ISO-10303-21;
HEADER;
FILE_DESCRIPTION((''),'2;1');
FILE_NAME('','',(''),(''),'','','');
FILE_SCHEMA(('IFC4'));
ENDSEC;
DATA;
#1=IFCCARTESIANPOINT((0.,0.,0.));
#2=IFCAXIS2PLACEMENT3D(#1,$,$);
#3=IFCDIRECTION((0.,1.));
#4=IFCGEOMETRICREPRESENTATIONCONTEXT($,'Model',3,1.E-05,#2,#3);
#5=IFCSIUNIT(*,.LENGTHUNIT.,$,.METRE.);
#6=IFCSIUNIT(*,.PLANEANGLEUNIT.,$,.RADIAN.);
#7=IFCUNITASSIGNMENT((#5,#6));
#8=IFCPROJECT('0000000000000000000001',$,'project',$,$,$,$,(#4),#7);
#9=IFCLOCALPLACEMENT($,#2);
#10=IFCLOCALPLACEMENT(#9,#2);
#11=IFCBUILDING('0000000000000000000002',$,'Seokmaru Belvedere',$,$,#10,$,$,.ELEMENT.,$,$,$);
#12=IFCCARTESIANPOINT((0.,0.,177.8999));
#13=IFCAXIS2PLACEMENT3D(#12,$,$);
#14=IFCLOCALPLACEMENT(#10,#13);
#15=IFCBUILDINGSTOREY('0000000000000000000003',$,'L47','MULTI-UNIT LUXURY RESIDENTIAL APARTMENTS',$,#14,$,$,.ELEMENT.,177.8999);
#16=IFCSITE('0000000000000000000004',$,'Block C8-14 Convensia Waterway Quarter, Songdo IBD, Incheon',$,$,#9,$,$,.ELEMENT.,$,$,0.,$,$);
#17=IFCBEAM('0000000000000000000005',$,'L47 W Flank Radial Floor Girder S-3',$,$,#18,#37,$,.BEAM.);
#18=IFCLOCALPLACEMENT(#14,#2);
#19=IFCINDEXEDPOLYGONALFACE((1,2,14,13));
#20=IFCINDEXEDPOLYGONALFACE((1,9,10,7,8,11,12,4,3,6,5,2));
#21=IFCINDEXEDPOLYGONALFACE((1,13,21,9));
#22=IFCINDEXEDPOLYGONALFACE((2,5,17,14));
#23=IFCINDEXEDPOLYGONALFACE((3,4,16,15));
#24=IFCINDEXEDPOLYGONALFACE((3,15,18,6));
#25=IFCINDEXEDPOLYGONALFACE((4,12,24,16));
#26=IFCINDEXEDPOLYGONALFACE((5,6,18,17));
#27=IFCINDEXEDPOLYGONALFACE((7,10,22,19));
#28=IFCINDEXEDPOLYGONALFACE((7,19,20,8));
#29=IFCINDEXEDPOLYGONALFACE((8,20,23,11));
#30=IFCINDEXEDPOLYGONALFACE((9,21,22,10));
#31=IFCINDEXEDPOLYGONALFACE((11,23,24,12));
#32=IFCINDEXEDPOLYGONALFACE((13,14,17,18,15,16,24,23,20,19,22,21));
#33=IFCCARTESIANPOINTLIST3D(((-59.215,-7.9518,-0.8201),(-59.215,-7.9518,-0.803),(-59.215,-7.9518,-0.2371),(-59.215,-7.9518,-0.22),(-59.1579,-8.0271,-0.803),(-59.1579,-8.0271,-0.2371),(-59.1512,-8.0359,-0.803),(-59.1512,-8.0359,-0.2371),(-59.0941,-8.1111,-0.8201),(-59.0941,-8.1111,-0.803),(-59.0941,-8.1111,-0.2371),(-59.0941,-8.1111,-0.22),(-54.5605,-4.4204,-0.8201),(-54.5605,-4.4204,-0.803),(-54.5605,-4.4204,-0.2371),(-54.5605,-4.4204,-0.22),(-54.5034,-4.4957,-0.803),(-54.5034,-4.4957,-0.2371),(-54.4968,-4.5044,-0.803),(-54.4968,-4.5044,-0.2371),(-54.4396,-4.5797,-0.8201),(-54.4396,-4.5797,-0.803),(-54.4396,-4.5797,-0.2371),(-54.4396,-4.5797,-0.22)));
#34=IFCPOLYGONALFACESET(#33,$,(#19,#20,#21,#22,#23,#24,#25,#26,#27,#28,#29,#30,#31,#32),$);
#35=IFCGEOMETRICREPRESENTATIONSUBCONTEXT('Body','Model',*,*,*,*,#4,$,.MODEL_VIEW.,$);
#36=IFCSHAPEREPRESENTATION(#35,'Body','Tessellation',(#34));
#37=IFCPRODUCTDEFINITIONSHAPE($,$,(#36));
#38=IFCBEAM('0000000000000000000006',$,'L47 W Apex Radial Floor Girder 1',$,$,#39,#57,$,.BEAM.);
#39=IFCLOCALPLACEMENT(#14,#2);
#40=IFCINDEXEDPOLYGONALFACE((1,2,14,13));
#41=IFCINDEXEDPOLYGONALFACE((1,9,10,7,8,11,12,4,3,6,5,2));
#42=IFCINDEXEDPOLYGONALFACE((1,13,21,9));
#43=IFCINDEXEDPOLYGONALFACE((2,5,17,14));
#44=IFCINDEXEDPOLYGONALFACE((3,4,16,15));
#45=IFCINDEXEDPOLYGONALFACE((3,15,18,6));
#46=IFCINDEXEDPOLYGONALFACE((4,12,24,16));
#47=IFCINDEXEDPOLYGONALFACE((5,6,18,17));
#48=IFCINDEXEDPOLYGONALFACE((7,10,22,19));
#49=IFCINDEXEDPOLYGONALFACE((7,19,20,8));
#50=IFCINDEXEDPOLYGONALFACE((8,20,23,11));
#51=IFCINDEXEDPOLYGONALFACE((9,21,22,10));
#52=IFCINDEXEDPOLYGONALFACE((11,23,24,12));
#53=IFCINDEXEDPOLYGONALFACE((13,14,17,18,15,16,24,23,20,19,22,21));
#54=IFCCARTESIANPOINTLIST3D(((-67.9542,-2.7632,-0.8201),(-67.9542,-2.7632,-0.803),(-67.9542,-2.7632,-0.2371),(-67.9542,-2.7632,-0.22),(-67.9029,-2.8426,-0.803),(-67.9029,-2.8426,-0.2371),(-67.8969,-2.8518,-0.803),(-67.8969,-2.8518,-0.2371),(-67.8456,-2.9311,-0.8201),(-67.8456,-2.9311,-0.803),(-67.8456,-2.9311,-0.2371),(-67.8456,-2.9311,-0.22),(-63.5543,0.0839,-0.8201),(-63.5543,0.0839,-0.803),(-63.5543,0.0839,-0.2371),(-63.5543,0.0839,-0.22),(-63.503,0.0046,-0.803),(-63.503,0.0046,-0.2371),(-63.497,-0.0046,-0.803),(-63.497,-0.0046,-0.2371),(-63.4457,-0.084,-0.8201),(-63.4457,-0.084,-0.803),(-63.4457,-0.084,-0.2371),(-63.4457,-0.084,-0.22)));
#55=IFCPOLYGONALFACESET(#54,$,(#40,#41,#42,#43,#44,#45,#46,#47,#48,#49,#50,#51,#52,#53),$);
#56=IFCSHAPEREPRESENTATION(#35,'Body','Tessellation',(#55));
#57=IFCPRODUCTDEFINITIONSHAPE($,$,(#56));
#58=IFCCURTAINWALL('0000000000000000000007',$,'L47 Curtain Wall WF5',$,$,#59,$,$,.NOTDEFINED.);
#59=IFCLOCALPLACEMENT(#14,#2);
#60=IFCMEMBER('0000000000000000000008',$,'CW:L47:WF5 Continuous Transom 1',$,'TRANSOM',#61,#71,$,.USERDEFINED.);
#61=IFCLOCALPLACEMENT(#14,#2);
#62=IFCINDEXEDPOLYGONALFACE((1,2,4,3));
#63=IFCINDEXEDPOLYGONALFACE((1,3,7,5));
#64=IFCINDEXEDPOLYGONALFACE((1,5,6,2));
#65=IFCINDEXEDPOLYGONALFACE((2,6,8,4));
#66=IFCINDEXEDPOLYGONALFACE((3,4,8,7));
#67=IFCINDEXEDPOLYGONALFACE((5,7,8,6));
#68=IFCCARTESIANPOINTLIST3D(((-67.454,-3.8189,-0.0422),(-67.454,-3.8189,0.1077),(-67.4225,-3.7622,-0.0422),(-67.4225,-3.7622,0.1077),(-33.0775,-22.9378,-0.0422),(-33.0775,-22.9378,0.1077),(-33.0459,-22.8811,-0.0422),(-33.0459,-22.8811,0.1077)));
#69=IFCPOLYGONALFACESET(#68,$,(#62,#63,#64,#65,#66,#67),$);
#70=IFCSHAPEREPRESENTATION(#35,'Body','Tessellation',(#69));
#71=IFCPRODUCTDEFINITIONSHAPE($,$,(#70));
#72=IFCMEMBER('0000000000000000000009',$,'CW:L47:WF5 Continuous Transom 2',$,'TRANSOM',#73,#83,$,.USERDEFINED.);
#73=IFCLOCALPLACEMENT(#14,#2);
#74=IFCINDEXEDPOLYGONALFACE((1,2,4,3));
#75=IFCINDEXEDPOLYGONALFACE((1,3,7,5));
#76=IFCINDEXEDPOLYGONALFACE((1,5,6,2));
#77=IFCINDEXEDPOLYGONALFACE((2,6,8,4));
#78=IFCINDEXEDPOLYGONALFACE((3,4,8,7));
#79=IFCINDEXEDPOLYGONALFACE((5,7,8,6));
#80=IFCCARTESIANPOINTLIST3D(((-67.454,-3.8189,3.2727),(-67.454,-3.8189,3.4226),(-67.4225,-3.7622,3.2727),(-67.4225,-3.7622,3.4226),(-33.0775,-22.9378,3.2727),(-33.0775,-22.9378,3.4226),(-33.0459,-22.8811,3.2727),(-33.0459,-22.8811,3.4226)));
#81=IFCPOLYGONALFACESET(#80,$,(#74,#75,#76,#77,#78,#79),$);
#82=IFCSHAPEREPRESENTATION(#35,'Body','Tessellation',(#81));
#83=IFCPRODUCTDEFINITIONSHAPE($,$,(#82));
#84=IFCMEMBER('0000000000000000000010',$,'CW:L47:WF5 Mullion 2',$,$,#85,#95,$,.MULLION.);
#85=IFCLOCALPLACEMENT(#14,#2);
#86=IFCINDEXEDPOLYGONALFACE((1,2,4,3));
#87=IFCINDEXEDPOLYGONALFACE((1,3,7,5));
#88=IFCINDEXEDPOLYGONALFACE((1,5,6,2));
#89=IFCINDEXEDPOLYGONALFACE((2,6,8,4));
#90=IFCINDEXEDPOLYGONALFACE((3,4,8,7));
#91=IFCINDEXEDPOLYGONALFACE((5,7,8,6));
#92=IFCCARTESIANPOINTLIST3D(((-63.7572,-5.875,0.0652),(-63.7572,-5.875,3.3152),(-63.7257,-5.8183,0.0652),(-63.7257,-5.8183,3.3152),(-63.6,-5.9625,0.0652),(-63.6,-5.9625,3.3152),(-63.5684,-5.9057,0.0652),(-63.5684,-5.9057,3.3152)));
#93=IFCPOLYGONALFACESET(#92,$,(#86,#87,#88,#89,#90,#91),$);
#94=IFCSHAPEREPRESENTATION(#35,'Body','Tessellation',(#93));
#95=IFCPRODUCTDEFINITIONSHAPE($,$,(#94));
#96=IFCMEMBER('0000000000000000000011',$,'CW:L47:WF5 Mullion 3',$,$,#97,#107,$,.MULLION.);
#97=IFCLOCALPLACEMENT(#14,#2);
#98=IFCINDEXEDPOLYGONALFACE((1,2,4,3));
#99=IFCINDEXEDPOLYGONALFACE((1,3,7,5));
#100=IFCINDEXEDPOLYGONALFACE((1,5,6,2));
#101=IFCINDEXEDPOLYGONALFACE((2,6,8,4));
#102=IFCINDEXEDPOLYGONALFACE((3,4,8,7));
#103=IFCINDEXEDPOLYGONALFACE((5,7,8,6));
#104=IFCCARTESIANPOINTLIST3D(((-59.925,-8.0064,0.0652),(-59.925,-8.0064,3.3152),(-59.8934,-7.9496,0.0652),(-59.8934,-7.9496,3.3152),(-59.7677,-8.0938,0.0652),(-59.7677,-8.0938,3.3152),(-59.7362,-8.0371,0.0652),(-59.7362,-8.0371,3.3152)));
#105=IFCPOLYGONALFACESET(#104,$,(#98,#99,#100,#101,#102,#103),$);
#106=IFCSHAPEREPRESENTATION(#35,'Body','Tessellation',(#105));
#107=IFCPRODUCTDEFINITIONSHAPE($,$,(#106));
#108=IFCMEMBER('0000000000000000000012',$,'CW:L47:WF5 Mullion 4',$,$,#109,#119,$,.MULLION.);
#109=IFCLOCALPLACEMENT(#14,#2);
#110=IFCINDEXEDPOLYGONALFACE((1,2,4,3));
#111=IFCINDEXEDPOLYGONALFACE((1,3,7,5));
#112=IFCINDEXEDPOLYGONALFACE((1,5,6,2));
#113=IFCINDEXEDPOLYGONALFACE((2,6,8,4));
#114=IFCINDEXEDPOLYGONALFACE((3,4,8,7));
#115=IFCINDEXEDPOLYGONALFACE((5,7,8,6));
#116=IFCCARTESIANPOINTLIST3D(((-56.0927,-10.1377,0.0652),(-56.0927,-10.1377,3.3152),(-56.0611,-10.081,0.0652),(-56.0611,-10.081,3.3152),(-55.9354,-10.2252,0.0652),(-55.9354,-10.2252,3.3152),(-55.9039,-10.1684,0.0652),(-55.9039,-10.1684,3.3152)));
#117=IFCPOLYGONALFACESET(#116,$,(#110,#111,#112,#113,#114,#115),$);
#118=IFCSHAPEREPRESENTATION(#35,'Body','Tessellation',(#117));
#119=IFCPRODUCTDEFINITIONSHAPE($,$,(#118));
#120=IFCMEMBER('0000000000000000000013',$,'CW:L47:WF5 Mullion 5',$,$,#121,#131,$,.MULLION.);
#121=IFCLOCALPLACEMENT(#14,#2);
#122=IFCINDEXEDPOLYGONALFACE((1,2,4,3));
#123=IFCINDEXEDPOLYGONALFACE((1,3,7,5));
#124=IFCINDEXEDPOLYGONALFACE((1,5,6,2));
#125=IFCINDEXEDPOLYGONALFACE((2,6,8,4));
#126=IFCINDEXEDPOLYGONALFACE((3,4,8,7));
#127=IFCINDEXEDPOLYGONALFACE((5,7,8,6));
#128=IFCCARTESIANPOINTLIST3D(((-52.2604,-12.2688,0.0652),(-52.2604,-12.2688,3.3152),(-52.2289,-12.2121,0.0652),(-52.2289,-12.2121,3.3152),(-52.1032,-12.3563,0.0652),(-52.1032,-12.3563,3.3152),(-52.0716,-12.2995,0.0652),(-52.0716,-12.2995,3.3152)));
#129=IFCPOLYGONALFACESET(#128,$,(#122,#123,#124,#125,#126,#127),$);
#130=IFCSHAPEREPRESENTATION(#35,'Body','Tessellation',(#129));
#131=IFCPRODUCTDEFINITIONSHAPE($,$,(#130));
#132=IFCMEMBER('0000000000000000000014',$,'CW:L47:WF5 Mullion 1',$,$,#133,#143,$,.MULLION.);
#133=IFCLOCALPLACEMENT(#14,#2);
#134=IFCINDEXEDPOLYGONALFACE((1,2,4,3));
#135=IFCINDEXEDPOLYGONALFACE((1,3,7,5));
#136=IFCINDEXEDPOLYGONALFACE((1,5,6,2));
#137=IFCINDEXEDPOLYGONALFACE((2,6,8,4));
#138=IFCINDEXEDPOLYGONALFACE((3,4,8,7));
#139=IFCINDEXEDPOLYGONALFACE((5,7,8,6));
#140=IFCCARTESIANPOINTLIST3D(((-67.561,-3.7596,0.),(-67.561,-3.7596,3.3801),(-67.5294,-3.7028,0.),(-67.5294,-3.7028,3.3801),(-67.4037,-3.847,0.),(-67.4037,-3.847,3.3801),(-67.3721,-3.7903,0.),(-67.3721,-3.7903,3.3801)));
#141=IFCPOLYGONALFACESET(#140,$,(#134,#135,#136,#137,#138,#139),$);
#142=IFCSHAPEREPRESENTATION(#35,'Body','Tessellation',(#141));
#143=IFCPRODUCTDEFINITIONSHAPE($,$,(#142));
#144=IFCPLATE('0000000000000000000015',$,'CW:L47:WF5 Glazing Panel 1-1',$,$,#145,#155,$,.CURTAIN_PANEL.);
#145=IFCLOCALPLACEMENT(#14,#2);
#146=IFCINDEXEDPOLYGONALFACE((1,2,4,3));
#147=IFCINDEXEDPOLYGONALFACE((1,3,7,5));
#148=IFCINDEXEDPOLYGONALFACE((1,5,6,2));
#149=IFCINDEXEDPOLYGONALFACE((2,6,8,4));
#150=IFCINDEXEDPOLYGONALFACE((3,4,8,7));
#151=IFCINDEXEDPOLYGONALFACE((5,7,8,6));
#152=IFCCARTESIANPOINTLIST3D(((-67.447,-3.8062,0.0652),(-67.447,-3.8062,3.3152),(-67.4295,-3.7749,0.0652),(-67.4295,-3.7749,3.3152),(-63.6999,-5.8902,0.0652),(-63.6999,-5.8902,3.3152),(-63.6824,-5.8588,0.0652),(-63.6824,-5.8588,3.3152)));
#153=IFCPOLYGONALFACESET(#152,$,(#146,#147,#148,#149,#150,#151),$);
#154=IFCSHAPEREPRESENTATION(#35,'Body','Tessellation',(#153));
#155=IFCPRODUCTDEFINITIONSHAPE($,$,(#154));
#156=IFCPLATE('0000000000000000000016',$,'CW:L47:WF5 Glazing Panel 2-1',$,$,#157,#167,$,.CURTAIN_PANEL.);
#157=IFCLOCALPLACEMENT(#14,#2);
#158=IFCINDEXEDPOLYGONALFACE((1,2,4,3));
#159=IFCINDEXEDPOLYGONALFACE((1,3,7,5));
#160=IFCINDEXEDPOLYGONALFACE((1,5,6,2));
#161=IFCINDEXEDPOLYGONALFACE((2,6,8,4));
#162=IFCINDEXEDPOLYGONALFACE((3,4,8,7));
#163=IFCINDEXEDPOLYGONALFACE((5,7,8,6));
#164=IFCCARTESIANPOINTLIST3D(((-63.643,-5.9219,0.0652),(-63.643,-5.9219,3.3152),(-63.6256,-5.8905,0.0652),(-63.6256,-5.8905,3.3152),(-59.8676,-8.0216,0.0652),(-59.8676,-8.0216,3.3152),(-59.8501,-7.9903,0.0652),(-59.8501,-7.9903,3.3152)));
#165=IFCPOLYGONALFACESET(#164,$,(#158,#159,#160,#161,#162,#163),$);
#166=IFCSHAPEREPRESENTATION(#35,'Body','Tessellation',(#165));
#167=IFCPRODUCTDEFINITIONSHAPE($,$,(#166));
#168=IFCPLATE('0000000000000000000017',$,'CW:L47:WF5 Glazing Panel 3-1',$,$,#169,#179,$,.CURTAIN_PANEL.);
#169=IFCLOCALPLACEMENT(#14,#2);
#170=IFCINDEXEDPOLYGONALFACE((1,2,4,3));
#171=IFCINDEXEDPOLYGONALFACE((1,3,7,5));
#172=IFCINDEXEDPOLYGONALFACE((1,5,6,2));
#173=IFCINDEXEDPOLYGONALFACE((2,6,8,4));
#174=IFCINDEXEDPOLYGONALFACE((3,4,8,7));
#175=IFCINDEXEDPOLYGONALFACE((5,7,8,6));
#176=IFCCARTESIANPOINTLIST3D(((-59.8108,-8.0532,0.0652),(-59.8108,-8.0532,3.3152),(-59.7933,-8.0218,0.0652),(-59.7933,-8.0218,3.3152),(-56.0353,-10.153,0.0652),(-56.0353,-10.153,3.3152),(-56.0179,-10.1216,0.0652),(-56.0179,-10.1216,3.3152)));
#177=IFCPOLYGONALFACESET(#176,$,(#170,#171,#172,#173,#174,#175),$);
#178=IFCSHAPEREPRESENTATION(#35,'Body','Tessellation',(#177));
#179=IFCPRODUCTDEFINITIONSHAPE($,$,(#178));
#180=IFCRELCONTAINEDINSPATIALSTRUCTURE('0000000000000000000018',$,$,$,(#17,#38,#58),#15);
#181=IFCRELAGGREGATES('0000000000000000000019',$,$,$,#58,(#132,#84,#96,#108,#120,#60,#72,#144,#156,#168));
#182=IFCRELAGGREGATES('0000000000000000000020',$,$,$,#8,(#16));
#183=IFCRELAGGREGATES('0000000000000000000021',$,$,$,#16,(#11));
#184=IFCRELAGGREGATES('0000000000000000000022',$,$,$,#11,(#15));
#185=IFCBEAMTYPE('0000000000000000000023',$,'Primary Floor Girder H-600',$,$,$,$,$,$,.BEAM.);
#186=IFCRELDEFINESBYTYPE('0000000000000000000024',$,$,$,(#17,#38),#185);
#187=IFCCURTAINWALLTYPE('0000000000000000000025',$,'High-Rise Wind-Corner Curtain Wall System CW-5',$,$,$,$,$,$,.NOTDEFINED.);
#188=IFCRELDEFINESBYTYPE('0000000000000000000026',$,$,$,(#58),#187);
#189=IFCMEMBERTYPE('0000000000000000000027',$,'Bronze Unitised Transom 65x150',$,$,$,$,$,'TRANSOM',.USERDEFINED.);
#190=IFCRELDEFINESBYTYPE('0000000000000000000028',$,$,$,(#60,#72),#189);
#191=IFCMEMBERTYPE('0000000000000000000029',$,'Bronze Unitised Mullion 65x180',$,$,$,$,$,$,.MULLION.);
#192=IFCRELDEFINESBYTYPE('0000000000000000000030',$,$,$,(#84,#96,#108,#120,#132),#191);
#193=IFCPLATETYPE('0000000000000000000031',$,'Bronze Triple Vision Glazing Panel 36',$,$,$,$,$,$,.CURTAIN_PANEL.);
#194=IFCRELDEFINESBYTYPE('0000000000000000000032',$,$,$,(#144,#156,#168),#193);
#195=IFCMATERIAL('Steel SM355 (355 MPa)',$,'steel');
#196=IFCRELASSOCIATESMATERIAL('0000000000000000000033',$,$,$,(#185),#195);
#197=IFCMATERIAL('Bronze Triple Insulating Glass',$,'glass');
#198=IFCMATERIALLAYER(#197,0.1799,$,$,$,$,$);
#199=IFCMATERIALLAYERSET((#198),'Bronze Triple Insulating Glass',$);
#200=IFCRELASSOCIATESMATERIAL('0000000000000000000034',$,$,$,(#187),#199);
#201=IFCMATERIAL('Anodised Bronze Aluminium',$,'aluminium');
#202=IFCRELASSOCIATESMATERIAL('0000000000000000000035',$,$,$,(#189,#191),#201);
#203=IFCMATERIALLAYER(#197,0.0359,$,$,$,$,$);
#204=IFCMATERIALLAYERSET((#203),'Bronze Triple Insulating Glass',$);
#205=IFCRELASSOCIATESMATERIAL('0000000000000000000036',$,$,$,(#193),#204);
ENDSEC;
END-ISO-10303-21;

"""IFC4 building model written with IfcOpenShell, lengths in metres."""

from ifc_helpers import new_model, si_unit, direction, frame, origin, origin_2d, place, context, subcontext, project, spatial, rectangle, i_section, extrude, source, transform, mapped, material, layer, layer_set, material_profile, profile_set, type_object, type_shapes, element, aggregate, save


model = new_model("IFC4")

# Units and contexts
model_context = context("Model", 3, precision=1e-05, world=origin(), true_north=direction((0.0, 1.0)))
body_context = subcontext(model_context, "Body", "Model", "MODEL_VIEW")
ifc_project = project(units=[si_unit("LENGTHUNIT", "METRE"), si_unit("PLANEANGLEUNIT", "RADIAN")], contexts=[model_context])

# Site, building, storey
site_placement = place(None, origin())
site = spatial("IfcSite", under=ifc_project, at=site_placement, Name="Block C8-14 Convensia Waterway Quarter, Songdo IBD, Incheon", CompositionType="ELEMENT", RefElevation=0.0)
building_placement = place(site_placement, origin())
building = spatial("IfcBuilding", under=site, at=building_placement, Name="Seokmaru Belvedere", CompositionType="ELEMENT")
storey_placement = place(building_placement, frame((0.0, 0.0, 177.8999)))
storey = spatial("IfcBuildingStorey", under=building, at=storey_placement, Name="L47", Description="MULTI-UNIT LUXURY RESIDENTIAL APARTMENTS", CompositionType="ELEMENT", Elevation=177.8999)

# Shared definitions
ifc_material_1 = material(Name="Steel SM355 (355 MPa)", Category="steel")

# Beams
ifc_material_profile_1 = material_profile(ifc_material_1, i_section(OverallWidth=0.2, OverallDepth=0.6001, WebThickness=0.011, FlangeThickness=0.0171, at=origin_2d()), Name="H-600x200x11x17")
ifc_profile_set_1 = profile_set([ifc_material_profile_1], Name="Steel SM355 (355 MPa)")
beam_type_1 = type_object("IfcBeamType", Name="Primary Floor Girder H-600", PredefinedType="BEAM", material=ifc_profile_set_1)
shared_shape_1 = source(origin(), body_context, "Body", "SweptSolid", [
    extrude(i_section(OverallWidth=0.2, OverallDepth=0.6001, WebThickness=0.011, FlangeThickness=0.0171, at=origin_2d()), origin(), (0.0, 0.0, 1.0), 5.8425),
])
beam_1_placement = place(storey_placement, frame((-59.1545, -8.0315, -0.52), z_axis=(0.796653, 0.604437, 0.0), x_axis=(-0.604437, 0.796653, 0.0)))
element("IfcBeam", 1, at=beam_1_placement, inside=storey, type_object=beam_type_1, Name="L47 W Flank Radial Floor Girder S-3", PredefinedType="BEAM", context=body_context, shape_type="MappedRepresentation", body=[
    mapped(shared_shape_1, transform((0.0, 0.0, 0.0), scale=1.0)),
])
shared_shape_2 = source(origin(), body_context, "Body", "SweptSolid", [
    extrude(i_section(OverallWidth=0.2, OverallDepth=0.6001, WebThickness=0.011, FlangeThickness=0.0171, at=origin_2d()), origin(), (0.0, 0.0, 1.0), 5.2407),
])
beam_2_placement = place(storey_placement, frame((-67.8999, -2.8472, -0.52), z_axis=(0.839555, 0.543274, 0.0), x_axis=(-0.543274, 0.839555, 0.0)))
element("IfcBeam", 2, at=beam_2_placement, inside=storey, type_object=beam_type_1, Name="L47 W Apex Radial Floor Girder 1", PredefinedType="BEAM", context=body_context, shape_type="MappedRepresentation", body=[
    mapped(shared_shape_2, transform((0.0, 0.0, 0.0), scale=1.0)),
])

# Curtain wall, members, plates
ifc_material_2 = material(Name="Bronze Triple Insulating Glass", Category="glass")
ifc_layer_1 = layer(ifc_material_2, 0.1799)
ifc_layer_set_1 = layer_set([ifc_layer_1], Name="Bronze Triple Insulating Glass")
curtain_wall_type = type_object("IfcCurtainWallType", Name="High-Rise Wind-Corner Curtain Wall System CW-5", PredefinedType="NOTDEFINED", material=ifc_layer_set_1)
curtain_wall_placement = place(storey_placement, origin())
curtain_wall = element("IfcCurtainWall", 3, at=curtain_wall_placement, inside=storey, type_object=curtain_wall_type, Name="L47 Curtain Wall WF5", PredefinedType="NOTDEFINED")
ifc_material_3 = material(Name="Anodised Bronze Aluminium", Category="aluminium")
ifc_material_profile_2 = material_profile(ifc_material_3, rectangle(XDim=0.0649, YDim=0.1499, at=origin_2d()), Name="CW-T-65x150")
ifc_profile_set_2 = profile_set([ifc_material_profile_2], Name="Anodised Bronze Aluminium")
member_type_1 = type_object("IfcMemberType", Name="Bronze Unitised Transom 65x150", ElementType="TRANSOM", PredefinedType="USERDEFINED", material=ifc_profile_set_2)
shared_shape_3 = source(origin(), body_context, "Body", "SweptSolid", [
    extrude(rectangle(XDim=0.0649, YDim=0.1499, at=origin_2d()), origin(), (0.0, 0.0, 1.0), 39.3354),
])
type_shapes(member_type_1, [shared_shape_3])
member_1_placement = place(storey_placement, frame((-67.4382, -3.7905, 0.0327), z_axis=(0.873932, -0.486048, 0.0), x_axis=(0.486048, 0.873932, 0.0)))
member_1 = element("IfcMember", 4, at=member_1_placement, type_object=member_type_1, Name="CW:L47:WF5 Continuous Transom 1", ObjectType="TRANSOM", PredefinedType="USERDEFINED", context=body_context, shape_type="MappedRepresentation", body=[
    mapped(shared_shape_3, transform((0.0, 0.0, 0.0), scale=1.0)),
])
member_2_placement = place(storey_placement, frame((-67.4382, -3.7905, 3.3477), z_axis=(0.873932, -0.486048, 0.0), x_axis=(0.486048, 0.873932, 0.0)))
member_2 = element("IfcMember", 5, at=member_2_placement, type_object=member_type_1, Name="CW:L47:WF5 Continuous Transom 2", ObjectType="TRANSOM", PredefinedType="USERDEFINED", context=body_context, shape_type="MappedRepresentation", body=[
    mapped(shared_shape_3, transform((0.0, 0.0, 0.0), scale=1.0)),
])
ifc_material_profile_3 = material_profile(ifc_material_3, rectangle(XDim=0.0649, YDim=0.1799, at=origin_2d()), Name="CW-M-65x180")
ifc_profile_set_3 = profile_set([ifc_material_profile_3], Name="Anodised Bronze Aluminium")
member_type_2 = type_object("IfcMemberType", Name="Bronze Unitised Mullion 65x180", PredefinedType="MULLION", material=ifc_profile_set_3)
shared_shape_4 = source(origin(), body_context, "Body", "SweptSolid", [
    extrude(rectangle(XDim=0.0649, YDim=0.1799, at=origin_2d()), origin(), (0.0, 0.0, 1.0), 3.25),
])
member_3_placement = place(storey_placement, frame((-63.6628, -5.8904, 0.0652), z_axis=(0.0, 0.0, 1.0), x_axis=(0.486047, 0.873933, 0.0)))
member_3 = element("IfcMember", 6, at=member_3_placement, type_object=member_type_2, Name="CW:L47:WF5 Mullion 2", PredefinedType="MULLION", context=body_context, shape_type="MappedRepresentation", body=[
    mapped(shared_shape_4, transform((0.0, 0.0, 0.0), scale=1.0)),
])
member_4_placement = place(storey_placement, frame((-59.8306, -8.0217, 0.0652), z_axis=(0.0, 0.0, 1.0), x_axis=(0.486047, 0.873933, 0.0)))
member_4 = element("IfcMember", 7, at=member_4_placement, type_object=member_type_2, Name="CW:L47:WF5 Mullion 3", PredefinedType="MULLION", context=body_context, shape_type="MappedRepresentation", body=[
    mapped(shared_shape_4, transform((0.0, 0.0, 0.0), scale=1.0)),
])
member_5_placement = place(storey_placement, frame((-55.9983, -10.1531, 0.0652), z_axis=(0.0, 0.0, 1.0), x_axis=(0.486047, 0.873933, 0.0)))
member_5 = element("IfcMember", 8, at=member_5_placement, type_object=member_type_2, Name="CW:L47:WF5 Mullion 4", PredefinedType="MULLION", context=body_context, shape_type="MappedRepresentation", body=[
    mapped(shared_shape_4, transform((0.0, 0.0, 0.0), scale=1.0)),
])
member_6_placement = place(storey_placement, frame((-52.166, -12.2842, 0.0652), z_axis=(0.0, 0.0, 1.0), x_axis=(0.486047, 0.873933, 0.0)))
member_6 = element("IfcMember", 9, at=member_6_placement, type_object=member_type_2, Name="CW:L47:WF5 Mullion 5", PredefinedType="MULLION", context=body_context, shape_type="MappedRepresentation", body=[
    mapped(shared_shape_4, transform((0.0, 0.0, 0.0), scale=1.0)),
])
shared_shape_5 = source(origin(), body_context, "Body", "SweptSolid", [
    extrude(rectangle(XDim=0.0649, YDim=0.1799, at=origin_2d()), origin(), (0.0, 0.0, 1.0), 3.3801),
])
type_shapes(member_type_2, [shared_shape_4, shared_shape_5])
member_7_placement = place(storey_placement, frame((-67.4666, -3.7749, 0.0), z_axis=(0.0, 0.0, 1.0), x_axis=(0.486047, 0.873933, 0.0)))
member_7 = element("IfcMember", 10, at=member_7_placement, type_object=member_type_2, Name="CW:L47:WF5 Mullion 1", PredefinedType="MULLION", context=body_context, shape_type="MappedRepresentation", body=[
    mapped(shared_shape_5, transform((0.0, 0.0, 0.0), scale=1.0)),
])
ifc_layer_2 = layer(ifc_material_2, 0.0359)
ifc_layer_set_2 = layer_set([ifc_layer_2], Name="Bronze Triple Insulating Glass")
plate_type = type_object("IfcPlateType", Name="Bronze Triple Vision Glazing Panel 36", PredefinedType="CURTAIN_PANEL", material=ifc_layer_set_2)
shared_shape_6 = source(origin(), body_context, "Body", "SweptSolid", [
    extrude(rectangle(XDim=4.2876, YDim=0.0359, at=origin_2d()), origin(), (0.0, 0.0, 1.0), 3.25),
])
plate_1_placement = place(storey_placement, frame((-65.5647, -4.8325, 0.0652), z_axis=(0.0, 0.0, 1.0), x_axis=(0.873933, -0.486047, 0.0)))
plate_1 = element("IfcPlate", 11, at=plate_1_placement, type_object=plate_type, Name="CW:L47:WF5 Glazing Panel 1-1", PredefinedType="CURTAIN_PANEL", context=body_context, shape_type="MappedRepresentation", body=[
    mapped(shared_shape_6, transform((0.0, 0.0, 0.0), scale=1.0)),
])
shared_shape_7 = source(origin(), body_context, "Body", "SweptSolid", [
    extrude(rectangle(XDim=4.3201, YDim=0.0359, at=origin_2d()), origin(), (0.0, 0.0, 1.0), 3.25),
])
type_shapes(plate_type, [shared_shape_6, shared_shape_7])
plate_2_placement = place(storey_placement, frame((-61.7466, -6.9561, 0.0652), z_axis=(0.0, 0.0, 1.0), x_axis=(0.873933, -0.486047, 0.0)))
plate_2 = element("IfcPlate", 12, at=plate_2_placement, type_object=plate_type, Name="CW:L47:WF5 Glazing Panel 2-1", PredefinedType="CURTAIN_PANEL", context=body_context, shape_type="MappedRepresentation", body=[
    mapped(shared_shape_7, transform((0.0, 0.0, 0.0), scale=1.0)),
])
plate_3_placement = place(storey_placement, frame((-57.9143, -9.0874, 0.0652), z_axis=(0.0, 0.0, 1.0), x_axis=(0.873933, -0.486047, 0.0)))
plate_3 = element("IfcPlate", 13, at=plate_3_placement, type_object=plate_type, Name="CW:L47:WF5 Glazing Panel 3-1", PredefinedType="CURTAIN_PANEL", context=body_context, shape_type="MappedRepresentation", body=[
    mapped(shared_shape_7, transform((0.0, 0.0, 0.0), scale=1.0)),
])
aggregate(curtain_wall, [member_7, member_3, member_4, member_5, member_6, member_1, member_2, plate_1, plate_2, plate_3])

save(model, "model.ifc")
